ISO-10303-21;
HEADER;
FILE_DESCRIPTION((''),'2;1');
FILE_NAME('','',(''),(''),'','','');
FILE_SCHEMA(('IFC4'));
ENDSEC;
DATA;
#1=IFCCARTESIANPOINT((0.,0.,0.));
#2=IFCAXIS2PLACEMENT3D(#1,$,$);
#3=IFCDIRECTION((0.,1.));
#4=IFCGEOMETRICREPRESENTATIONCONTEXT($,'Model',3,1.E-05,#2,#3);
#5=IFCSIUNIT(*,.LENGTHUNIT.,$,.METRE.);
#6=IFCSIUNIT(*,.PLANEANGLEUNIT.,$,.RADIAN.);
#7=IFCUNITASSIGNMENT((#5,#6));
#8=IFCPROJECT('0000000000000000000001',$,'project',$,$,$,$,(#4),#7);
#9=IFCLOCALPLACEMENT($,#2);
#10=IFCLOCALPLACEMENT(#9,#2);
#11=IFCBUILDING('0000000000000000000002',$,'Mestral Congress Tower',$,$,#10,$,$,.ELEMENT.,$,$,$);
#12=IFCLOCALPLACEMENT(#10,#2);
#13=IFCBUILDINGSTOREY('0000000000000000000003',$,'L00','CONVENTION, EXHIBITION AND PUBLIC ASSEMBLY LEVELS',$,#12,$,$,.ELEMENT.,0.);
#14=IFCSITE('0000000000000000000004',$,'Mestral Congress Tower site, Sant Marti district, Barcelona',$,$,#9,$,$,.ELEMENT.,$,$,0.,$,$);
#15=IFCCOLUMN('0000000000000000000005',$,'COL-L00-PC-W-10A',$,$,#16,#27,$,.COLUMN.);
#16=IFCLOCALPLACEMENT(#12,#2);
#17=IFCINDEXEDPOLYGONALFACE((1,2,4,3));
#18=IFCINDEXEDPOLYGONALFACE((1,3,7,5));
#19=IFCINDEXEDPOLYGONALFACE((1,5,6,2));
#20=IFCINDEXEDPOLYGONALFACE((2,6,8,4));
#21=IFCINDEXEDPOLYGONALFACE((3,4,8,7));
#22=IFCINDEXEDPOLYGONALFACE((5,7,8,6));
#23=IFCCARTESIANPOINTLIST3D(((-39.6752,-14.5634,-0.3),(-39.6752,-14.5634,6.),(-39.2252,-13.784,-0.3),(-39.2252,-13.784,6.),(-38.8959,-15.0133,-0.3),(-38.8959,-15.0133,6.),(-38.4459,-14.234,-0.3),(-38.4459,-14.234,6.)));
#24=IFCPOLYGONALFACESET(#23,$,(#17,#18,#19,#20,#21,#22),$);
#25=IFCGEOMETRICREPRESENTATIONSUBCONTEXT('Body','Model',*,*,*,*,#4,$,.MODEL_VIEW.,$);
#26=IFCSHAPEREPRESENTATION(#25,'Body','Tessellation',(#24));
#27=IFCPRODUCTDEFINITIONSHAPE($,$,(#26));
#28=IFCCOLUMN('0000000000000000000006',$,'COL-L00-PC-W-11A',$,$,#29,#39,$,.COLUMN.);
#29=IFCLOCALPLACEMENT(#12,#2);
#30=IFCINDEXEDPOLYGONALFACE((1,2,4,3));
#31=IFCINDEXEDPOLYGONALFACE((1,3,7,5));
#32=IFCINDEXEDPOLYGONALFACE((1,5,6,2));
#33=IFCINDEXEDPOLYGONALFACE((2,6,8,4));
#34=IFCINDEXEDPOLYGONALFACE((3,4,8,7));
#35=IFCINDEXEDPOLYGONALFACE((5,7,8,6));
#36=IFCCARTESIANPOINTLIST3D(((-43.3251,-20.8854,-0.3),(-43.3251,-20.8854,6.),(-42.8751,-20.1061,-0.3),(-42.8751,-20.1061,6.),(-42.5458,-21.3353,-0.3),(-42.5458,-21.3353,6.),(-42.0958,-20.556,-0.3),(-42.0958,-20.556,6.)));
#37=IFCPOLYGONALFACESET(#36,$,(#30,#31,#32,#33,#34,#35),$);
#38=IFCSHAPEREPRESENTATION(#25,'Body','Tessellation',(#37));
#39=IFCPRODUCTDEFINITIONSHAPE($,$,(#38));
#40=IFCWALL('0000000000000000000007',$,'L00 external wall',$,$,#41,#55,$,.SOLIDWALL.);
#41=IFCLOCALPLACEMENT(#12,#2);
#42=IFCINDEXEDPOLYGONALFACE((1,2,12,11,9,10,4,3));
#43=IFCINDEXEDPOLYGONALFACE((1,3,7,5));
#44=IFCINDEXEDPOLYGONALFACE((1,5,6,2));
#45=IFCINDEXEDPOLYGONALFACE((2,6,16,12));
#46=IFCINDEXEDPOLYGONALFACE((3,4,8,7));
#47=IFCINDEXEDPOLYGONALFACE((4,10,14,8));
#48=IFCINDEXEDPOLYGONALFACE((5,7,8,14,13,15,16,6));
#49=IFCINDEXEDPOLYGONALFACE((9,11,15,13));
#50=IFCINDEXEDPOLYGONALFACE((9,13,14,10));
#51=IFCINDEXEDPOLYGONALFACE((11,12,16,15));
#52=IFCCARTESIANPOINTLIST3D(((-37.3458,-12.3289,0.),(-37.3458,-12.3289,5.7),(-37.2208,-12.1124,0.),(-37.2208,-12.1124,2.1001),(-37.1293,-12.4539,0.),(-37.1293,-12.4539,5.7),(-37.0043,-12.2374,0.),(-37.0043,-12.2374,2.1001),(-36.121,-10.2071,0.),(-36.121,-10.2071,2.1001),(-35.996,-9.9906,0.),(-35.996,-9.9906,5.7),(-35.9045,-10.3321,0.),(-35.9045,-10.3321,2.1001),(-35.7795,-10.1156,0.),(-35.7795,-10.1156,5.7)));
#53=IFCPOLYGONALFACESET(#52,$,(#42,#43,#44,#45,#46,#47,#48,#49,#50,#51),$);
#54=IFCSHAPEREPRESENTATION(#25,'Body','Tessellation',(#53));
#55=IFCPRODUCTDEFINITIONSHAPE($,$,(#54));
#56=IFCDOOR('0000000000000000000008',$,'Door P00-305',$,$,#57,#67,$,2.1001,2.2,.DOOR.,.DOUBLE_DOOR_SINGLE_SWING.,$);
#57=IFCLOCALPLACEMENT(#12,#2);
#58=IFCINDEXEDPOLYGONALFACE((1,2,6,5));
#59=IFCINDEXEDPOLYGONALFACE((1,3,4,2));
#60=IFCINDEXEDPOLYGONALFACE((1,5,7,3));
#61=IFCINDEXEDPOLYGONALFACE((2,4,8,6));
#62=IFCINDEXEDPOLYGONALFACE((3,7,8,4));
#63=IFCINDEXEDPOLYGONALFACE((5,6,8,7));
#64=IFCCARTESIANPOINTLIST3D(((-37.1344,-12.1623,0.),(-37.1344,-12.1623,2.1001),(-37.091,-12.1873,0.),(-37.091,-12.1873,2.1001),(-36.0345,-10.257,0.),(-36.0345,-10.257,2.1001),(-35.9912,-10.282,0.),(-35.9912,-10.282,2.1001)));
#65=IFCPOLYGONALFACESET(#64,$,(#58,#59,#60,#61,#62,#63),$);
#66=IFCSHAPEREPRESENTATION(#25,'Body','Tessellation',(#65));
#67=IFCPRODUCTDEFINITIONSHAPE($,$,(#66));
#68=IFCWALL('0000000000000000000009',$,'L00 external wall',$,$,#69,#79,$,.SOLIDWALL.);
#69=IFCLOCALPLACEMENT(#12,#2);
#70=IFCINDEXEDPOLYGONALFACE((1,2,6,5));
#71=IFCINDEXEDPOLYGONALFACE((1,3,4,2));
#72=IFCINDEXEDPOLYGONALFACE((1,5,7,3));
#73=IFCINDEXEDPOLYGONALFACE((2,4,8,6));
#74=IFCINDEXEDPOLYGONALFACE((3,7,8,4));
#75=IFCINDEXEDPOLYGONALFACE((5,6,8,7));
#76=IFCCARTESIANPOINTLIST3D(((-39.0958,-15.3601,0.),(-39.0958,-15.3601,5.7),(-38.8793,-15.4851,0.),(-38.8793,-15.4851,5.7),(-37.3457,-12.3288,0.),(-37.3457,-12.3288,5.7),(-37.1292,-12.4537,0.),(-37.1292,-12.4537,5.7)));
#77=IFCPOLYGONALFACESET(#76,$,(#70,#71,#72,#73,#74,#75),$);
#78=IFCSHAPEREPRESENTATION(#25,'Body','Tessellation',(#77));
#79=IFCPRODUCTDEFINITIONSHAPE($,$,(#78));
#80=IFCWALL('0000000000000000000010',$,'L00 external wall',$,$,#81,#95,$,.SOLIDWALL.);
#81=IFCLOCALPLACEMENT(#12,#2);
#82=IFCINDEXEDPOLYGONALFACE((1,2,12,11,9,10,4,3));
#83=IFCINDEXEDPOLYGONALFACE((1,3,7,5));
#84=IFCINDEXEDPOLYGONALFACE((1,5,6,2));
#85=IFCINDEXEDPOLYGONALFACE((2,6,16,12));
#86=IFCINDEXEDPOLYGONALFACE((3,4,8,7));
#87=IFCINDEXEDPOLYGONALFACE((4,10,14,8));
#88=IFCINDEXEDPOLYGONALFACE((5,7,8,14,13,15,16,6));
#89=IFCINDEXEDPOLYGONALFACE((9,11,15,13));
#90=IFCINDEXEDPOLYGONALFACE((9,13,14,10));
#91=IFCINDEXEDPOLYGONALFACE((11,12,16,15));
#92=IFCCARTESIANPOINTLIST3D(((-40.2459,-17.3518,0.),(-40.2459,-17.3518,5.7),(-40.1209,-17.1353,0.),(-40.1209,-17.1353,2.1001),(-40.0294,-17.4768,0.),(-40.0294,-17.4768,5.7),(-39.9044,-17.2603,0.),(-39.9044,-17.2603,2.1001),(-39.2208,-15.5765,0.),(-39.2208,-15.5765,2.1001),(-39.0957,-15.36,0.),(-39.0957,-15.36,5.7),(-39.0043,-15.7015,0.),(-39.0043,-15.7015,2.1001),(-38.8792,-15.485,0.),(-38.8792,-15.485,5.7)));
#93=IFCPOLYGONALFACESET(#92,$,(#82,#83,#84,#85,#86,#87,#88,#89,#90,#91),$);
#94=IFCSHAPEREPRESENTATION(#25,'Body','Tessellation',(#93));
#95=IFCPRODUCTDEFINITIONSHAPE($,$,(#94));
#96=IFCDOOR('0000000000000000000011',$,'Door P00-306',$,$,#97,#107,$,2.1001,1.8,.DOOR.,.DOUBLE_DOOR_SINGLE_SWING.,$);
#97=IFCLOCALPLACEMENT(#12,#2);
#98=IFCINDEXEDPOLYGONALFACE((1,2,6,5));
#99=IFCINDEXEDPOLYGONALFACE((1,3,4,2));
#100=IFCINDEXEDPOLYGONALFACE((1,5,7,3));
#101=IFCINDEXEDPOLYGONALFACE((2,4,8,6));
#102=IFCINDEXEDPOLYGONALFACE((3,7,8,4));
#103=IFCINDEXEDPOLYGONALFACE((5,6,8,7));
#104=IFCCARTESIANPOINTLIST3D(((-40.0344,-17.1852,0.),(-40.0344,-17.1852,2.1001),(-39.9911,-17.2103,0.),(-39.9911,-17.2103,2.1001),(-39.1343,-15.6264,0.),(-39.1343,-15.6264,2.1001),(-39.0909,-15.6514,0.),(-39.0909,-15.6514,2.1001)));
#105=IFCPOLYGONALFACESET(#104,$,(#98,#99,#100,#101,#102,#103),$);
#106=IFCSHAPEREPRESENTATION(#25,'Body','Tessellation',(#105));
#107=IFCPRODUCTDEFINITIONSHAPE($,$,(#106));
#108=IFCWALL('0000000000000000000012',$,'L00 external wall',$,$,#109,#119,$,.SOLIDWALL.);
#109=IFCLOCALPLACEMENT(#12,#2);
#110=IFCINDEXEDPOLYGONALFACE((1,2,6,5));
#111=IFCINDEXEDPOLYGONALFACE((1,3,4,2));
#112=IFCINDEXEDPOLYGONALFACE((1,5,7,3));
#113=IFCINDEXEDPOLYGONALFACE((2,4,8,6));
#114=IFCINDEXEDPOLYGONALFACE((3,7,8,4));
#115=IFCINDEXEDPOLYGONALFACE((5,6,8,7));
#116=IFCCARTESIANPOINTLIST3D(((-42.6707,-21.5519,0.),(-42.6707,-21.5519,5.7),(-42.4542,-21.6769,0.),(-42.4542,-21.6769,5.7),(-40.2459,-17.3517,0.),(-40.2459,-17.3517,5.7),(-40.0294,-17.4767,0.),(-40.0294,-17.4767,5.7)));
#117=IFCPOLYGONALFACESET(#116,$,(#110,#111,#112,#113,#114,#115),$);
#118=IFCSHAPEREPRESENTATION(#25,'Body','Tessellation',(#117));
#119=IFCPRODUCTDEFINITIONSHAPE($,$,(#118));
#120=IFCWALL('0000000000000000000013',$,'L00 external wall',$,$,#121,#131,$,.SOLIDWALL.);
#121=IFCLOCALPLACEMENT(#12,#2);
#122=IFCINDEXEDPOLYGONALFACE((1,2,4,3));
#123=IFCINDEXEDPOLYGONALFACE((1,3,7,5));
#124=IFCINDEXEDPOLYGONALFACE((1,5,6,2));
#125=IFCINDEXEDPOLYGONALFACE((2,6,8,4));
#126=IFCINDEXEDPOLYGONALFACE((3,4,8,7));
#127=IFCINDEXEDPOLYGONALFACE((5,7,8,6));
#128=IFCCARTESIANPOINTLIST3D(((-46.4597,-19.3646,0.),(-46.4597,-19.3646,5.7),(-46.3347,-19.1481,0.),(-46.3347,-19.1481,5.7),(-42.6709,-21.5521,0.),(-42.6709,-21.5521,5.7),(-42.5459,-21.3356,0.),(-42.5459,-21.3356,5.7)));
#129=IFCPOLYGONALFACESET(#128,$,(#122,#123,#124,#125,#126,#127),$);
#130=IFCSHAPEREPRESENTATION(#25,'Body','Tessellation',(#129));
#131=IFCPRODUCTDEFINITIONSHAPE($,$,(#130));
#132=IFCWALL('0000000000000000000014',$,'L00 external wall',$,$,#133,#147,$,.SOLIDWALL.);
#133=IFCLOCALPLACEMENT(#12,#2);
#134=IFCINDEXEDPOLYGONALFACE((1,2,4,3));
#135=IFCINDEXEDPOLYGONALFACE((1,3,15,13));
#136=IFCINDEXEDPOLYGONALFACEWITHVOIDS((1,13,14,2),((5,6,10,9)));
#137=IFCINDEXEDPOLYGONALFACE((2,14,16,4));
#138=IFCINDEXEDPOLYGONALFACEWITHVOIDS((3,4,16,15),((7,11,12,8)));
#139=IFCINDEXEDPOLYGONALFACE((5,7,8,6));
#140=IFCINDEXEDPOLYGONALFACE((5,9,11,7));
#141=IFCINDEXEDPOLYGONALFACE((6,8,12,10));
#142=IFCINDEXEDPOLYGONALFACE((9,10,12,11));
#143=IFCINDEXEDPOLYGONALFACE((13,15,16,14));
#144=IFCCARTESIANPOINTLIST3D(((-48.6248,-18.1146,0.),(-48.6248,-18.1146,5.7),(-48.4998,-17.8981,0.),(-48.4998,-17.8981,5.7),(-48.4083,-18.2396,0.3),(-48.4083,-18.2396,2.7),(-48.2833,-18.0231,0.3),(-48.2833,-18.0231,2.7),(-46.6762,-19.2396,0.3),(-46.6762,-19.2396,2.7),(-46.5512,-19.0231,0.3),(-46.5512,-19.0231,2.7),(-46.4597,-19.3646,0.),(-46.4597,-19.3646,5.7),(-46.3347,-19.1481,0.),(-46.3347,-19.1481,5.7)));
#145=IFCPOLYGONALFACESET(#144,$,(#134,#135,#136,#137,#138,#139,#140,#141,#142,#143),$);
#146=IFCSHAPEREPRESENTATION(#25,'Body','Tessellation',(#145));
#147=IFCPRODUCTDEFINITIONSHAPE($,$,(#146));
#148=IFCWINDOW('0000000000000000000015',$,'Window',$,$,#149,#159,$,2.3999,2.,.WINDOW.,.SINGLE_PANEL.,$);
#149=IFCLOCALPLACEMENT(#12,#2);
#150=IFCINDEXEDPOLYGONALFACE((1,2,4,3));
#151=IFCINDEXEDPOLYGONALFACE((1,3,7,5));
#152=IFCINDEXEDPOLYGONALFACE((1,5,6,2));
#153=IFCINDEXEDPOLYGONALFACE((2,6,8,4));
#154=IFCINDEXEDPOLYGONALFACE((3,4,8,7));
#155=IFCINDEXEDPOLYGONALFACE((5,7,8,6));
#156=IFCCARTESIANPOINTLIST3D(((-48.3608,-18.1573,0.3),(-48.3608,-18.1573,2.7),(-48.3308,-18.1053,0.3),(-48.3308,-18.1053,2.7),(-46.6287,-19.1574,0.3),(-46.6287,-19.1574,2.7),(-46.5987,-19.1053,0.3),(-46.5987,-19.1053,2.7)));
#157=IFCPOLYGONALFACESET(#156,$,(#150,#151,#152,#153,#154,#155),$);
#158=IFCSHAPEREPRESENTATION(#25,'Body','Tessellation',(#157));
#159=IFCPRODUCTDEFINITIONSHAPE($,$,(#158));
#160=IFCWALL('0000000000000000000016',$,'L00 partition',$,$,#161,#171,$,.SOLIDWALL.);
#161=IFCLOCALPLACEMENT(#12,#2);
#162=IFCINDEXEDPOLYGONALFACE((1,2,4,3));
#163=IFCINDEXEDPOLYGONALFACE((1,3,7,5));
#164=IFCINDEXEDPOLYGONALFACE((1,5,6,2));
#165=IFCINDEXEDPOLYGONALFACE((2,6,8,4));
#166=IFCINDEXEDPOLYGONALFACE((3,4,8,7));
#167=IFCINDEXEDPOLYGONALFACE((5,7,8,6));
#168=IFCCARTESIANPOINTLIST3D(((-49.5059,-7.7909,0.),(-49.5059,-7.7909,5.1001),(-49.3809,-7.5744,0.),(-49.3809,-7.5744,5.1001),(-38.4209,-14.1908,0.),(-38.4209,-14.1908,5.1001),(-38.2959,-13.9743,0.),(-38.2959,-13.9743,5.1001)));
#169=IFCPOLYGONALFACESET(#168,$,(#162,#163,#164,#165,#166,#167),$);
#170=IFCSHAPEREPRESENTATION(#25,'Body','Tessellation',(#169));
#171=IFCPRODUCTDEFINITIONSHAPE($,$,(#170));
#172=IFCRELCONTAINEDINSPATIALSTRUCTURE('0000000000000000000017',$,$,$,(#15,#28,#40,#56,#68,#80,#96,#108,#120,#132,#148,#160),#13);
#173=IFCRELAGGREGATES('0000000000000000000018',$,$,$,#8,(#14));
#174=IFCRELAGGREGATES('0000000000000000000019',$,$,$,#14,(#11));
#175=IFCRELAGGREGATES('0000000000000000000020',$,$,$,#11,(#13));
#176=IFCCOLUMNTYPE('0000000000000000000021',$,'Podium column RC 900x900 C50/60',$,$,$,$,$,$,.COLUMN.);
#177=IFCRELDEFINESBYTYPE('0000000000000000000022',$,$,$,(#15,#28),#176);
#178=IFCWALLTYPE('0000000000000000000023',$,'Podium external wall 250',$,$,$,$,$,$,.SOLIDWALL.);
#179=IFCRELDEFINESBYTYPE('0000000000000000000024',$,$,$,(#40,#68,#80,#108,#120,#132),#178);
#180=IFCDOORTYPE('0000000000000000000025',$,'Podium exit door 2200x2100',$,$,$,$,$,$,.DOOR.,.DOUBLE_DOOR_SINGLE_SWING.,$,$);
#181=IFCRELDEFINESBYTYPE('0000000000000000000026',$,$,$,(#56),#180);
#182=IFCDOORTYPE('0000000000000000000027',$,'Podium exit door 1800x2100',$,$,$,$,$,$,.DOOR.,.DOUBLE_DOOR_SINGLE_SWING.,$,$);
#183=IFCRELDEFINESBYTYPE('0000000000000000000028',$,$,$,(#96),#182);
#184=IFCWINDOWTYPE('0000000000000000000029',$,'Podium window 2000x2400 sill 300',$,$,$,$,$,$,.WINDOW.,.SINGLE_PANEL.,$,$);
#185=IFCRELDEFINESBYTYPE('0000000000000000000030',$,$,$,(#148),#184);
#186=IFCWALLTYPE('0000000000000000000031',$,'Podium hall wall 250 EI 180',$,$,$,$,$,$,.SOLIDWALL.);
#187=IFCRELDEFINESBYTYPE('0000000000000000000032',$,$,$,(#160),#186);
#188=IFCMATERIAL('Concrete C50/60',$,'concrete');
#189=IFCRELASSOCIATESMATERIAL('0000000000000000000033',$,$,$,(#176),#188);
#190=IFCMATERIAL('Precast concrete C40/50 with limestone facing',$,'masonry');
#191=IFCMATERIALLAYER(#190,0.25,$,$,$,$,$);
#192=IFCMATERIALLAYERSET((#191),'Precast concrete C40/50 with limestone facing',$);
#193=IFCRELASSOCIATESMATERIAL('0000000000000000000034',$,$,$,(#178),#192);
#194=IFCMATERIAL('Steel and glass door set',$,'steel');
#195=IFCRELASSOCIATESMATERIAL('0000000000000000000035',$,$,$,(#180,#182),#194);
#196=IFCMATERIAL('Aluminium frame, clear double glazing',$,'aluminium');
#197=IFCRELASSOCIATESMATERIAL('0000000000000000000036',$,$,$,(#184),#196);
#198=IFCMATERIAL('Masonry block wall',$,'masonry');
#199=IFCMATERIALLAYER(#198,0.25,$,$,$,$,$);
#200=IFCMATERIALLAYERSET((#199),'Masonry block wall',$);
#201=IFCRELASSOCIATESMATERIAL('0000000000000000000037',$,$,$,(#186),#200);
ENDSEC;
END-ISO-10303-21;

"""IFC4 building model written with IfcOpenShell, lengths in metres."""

from ifc_helpers import new_model, si_unit, direction, frame, frame_2d, origin, origin_2d, place, context, subcontext, project, spatial, rectangle, extrude, material, layer, layer_set, material_profile, profile_set, type_object, element, fill, save


model = new_model("IFC4")

# Units and contexts
model_context = context("Model", 3, precision=1e-05, world=origin(), true_north=direction((0.0, 1.0)))
body_context = subcontext(model_context, "Body", "Model", "MODEL_VIEW")
ifc_project = project(units=[si_unit("LENGTHUNIT", "METRE"), si_unit("PLANEANGLEUNIT", "RADIAN")], contexts=[model_context])

# Site, building, storey
site_placement = place(None, origin())
site = spatial("IfcSite", under=ifc_project, at=site_placement, Name="Mestral Congress Tower site, Sant Marti district, Barcelona", CompositionType="ELEMENT", RefElevation=0.0)
building_placement = place(site_placement, origin())
building = spatial("IfcBuilding", under=site, at=building_placement, Name="Mestral Congress Tower", CompositionType="ELEMENT")
storey_placement = place(building_placement, origin())
storey = spatial("IfcBuildingStorey", under=building, at=storey_placement, Name="L00", Description="CONVENTION, EXHIBITION AND PUBLIC ASSEMBLY LEVELS", CompositionType="ELEMENT", Elevation=0.0)

# Columns
ifc_material_1 = material(Name="Concrete C50/60", Category="concrete")
ifc_material_profile_1 = material_profile(ifc_material_1, rectangle(XDim=0.8999, YDim=0.8999, at=origin_2d()), Name="RC 900x900")
ifc_profile_set_1 = profile_set([ifc_material_profile_1], Name="Concrete C50/60")
column_type = type_object("IfcColumnType", Name="Podium column RC 900x900 C50/60", PredefinedType="COLUMN", material=ifc_profile_set_1)
for number, where, z_axis, x_axis, name in (
    (1, (-39.0605, -14.3987, -0.3), (0.0, 0.0, 1.0), (-0.5, -0.866025, 0.0), "COL-L00-PC-W-10A"),
    (2, (-42.7104, -20.7207, -0.3), (0.0, 0.0, 1.0), (-0.5, -0.866025, 0.0), "COL-L00-PC-W-11A"),
):
    element("IfcColumn", number, at=place(storey_placement, frame(where, z_axis=z_axis, x_axis=x_axis)), inside=storey, type_object=column_type, Name=name, PredefinedType="COLUMN", context=body_context, shape_type="SweptSolid", body=[
        extrude(rectangle(XDim=0.8999, YDim=0.8999, at=origin_2d()), origin(), (0.0, 0.0, 1.0), 6.3),
    ])

# Wall, opening, door
ifc_material_2 = material(Name="Precast concrete C40/50 with limestone facing", Category="masonry")
ifc_layer_1 = layer(ifc_material_2, 0.25)
ifc_layer_set_1 = layer_set([ifc_layer_1], Name="Precast concrete C40/50 with limestone facing")
wall_type_1 = type_object("IfcWallType", Name="Podium external wall 250", PredefinedType="SOLIDWALL", material=ifc_layer_set_1)
wall_1_placement = place(storey_placement, frame((-35.8877, -10.053, 0.0), z_axis=(0.0, 0.0, 1.0), x_axis=(-0.499942, -0.866059, 0.0)))
wall_1 = element("IfcWall", 3, at=wall_1_placement, inside=storey, type_object=wall_type_1, Name="L00 external wall", PredefinedType="SOLIDWALL", context=body_context, shape_type="SweptSolid", body=[
    extrude(rectangle(XDim=2.7, YDim=0.25, at=frame_2d((1.3501, 0.0))), origin(), (0.0, 0.0, 1.0), 5.7),
])
opening_1_placement = place(wall_1_placement, frame((0.25, 0.0, 0.0)))
opening_1 = element("IfcOpeningElement", 4, at=opening_1_placement, cuts=wall_1, PredefinedType="OPENING", context=body_context, shape_type="SweptSolid", body=[
    extrude(rectangle(XDim=2.2, YDim=2.1001, at=frame_2d((1.1001, 1.05))), frame((0.0, 0.135, 0.0), z_axis=(0.0, -1.0, 0.0), x_axis=(1.0, 0.0, 0.0)), (0.0, 0.0, 1.0), 0.27),
])
ifc_material_3 = material(Name="Steel and glass door set", Category="steel")
door_type_1 = type_object("IfcDoorType", Name="Podium exit door 2200x2100", OperationType="DOUBLE_DOOR_SINGLE_SWING", PredefinedType="DOOR", material=ifc_material_3)
door_1_placement = place(opening_1_placement, origin())
door_1 = element("IfcDoor", 5, at=door_1_placement, inside=storey, type_object=door_type_1, Name="Door P00-305", OperationType="DOUBLE_DOOR_SINGLE_SWING", OverallHeight=2.1001, OverallWidth=2.2, PredefinedType="DOOR", context=body_context, shape_type="SweptSolid", body=[
    extrude(rectangle(XDim=2.2, YDim=2.1001, at=frame_2d((1.1001, 1.05))), frame((0.0, 0.0249, 0.0), z_axis=(0.0, -1.0, 0.0), x_axis=(1.0, 0.0, 0.0)), (0.0, 0.0, 1.0), 0.05),
])
fill(opening_1, door_1)

# Wall
wall_2_placement = place(storey_placement, frame((-37.2375, -12.3914, 0.0), z_axis=(0.0, 0.0, 1.0), x_axis=(-0.49998, -0.866037, 0.0)))
element("IfcWall", 6, at=wall_2_placement, inside=storey, type_object=wall_type_1, Name="L00 external wall", PredefinedType="SOLIDWALL", context=body_context, shape_type="SweptSolid", body=[
    extrude(rectangle(XDim=3.5002, YDim=0.25, at=frame_2d((1.75, 0.0))), origin(), (0.0, 0.0, 1.0), 5.7),
])

# Wall, opening, door
wall_3_placement = place(storey_placement, frame((-38.9875, -15.4226, 0.0), z_axis=(0.0, 0.0, 1.0), x_axis=(-0.500078, -0.865981, 0.0)))
wall_3 = element("IfcWall", 7, at=wall_3_placement, inside=storey, type_object=wall_type_1, Name="L00 external wall", PredefinedType="SOLIDWALL", context=body_context, shape_type="SweptSolid", body=[
    extrude(rectangle(XDim=2.3, YDim=0.25, at=frame_2d((1.1499, 0.0))), origin(), (0.0, 0.0, 1.0), 5.7),
])
opening_2_placement = place(wall_3_placement, frame((0.25, 0.0, 0.0)))
opening_2 = element("IfcOpeningElement", 8, at=opening_2_placement, cuts=wall_3, PredefinedType="OPENING", context=body_context, shape_type="SweptSolid", body=[
    extrude(rectangle(XDim=1.8, YDim=2.1001, at=frame_2d((0.8999, 1.05))), frame((0.0, 0.135, 0.0), z_axis=(0.0, -1.0, 0.0), x_axis=(1.0, 0.0, 0.0)), (0.0, 0.0, 1.0), 0.27),
])
door_type_2 = type_object("IfcDoorType", Name="Podium exit door 1800x2100", OperationType="DOUBLE_DOOR_SINGLE_SWING", PredefinedType="DOOR", material=ifc_material_3)
door_2_placement = place(opening_2_placement, origin())
door_2 = element("IfcDoor", 9, at=door_2_placement, inside=storey, type_object=door_type_2, Name="Door P00-306", OperationType="DOUBLE_DOOR_SINGLE_SWING", OverallHeight=2.1001, OverallWidth=1.8, PredefinedType="DOOR", context=body_context, shape_type="SweptSolid", body=[
    extrude(rectangle(XDim=1.8, YDim=2.1001, at=frame_2d((0.8999, 1.05))), frame((0.0, 0.0249, 0.0), z_axis=(0.0, -1.0, 0.0), x_axis=(1.0, 0.0, 0.0)), (0.0, 0.0, 1.0), 0.05),
])
fill(opening_2, door_2)

# Walls
wall_4_placement = place(storey_placement, frame((-40.1377, -17.4143, 0.0), z_axis=(0.0, 0.0, 1.0), x_axis=(-0.499972, -0.866041, 0.0)))
element("IfcWall", 10, at=wall_4_placement, inside=storey, type_object=wall_type_1, Name="L00 external wall", PredefinedType="SOLIDWALL", context=body_context, shape_type="SweptSolid", body=[
    extrude(rectangle(XDim=4.8499, YDim=0.25, at=frame_2d((2.4248, 0.0))), origin(), (0.0, 0.0, 1.0), 5.7),
])
wall_5_placement = place(storey_placement, frame((-42.6084, -21.4438, 0.0), z_axis=(0.0, 0.0, 1.0), x_axis=(-0.866023, 0.500004, 0.0)))
element("IfcWall", 11, at=wall_5_placement, inside=storey, type_object=wall_type_1, Name="L00 external wall", PredefinedType="SOLIDWALL", context=body_context, shape_type="SweptSolid", body=[
    extrude(rectangle(XDim=4.375, YDim=0.25, at=frame_2d((2.1875, 0.0))), origin(), (0.0, 0.0, 1.0), 5.7),
])

# Wall, opening, window
wall_6_placement = place(storey_placement, frame((-46.3972, -19.2563, 0.0), z_axis=(0.0, 0.0, 1.0), x_axis=(-0.866023, 0.500004, 0.0)))
wall_6 = element("IfcWall", 12, at=wall_6_placement, inside=storey, type_object=wall_type_1, Name="L00 external wall", PredefinedType="SOLIDWALL", context=body_context, shape_type="SweptSolid", body=[
    extrude(rectangle(XDim=2.5, YDim=0.25, at=frame_2d((1.25, 0.0))), origin(), (0.0, 0.0, 1.0), 5.7),
])
opening_3_placement = place(wall_6_placement, frame((0.25, 0.0, 0.3)))
opening_3 = element("IfcOpeningElement", 13, at=opening_3_placement, cuts=wall_6, PredefinedType="OPENING", context=body_context, shape_type="SweptSolid", body=[
    extrude(rectangle(XDim=2.0, YDim=2.3999, at=frame_2d((1.0, 1.2))), frame((0.0, 0.135, 0.0), z_axis=(0.0, -1.0, 0.0), x_axis=(1.0, 0.0, 0.0)), (0.0, 0.0, 1.0), 0.27),
])
ifc_material_4 = material(Name="Aluminium frame, clear double glazing", Category="aluminium")
window_type = type_object("IfcWindowType", Name="Podium window 2000x2400 sill 300", PartitioningType="SINGLE_PANEL", PredefinedType="WINDOW", material=ifc_material_4)
window_placement = place(opening_3_placement, origin())
window = element("IfcWindow", 14, at=window_placement, inside=storey, type_object=window_type, Name="Window", OverallHeight=2.3999, OverallWidth=2.0, PartitioningType="SINGLE_PANEL", PredefinedType="WINDOW", context=body_context, shape_type="SweptSolid", body=[
    extrude(rectangle(XDim=2.0, YDim=2.3999, at=frame_2d((1.0, 1.2))), frame((0.0, 0.03, 0.0), z_axis=(0.0, -1.0, 0.0), x_axis=(1.0, 0.0, 0.0)), (0.0, 0.0, 1.0), 0.0601),
])
fill(opening_3, window)

# Wall
ifc_material_5 = material(Name="Masonry block wall", Category="masonry")
ifc_layer_2 = layer(ifc_material_5, 0.25)
ifc_layer_set_2 = layer_set([ifc_layer_2], Name="Masonry block wall")
wall_type_2 = type_object("IfcWallType", Name="Podium hall wall 250 EI 180", PredefinedType="SOLIDWALL", material=ifc_layer_set_2)
wall_7_placement = place(storey_placement, frame((-38.3584, -14.0825, 0.0), z_axis=(0.0, 0.0, 1.0), x_axis=(-0.866025, 0.5, 0.0)))
element("IfcWall", 15, at=wall_7_placement, inside=storey, type_object=wall_type_2, Name="L00 partition", PredefinedType="SOLIDWALL", context=body_context, shape_type="SweptSolid", body=[
    extrude(rectangle(XDim=12.7998, YDim=0.25, at=frame_2d((6.3999, 0.0))), origin(), (0.0, 0.0, 1.0), 5.1001),
])

save(model, "model.ifc")
